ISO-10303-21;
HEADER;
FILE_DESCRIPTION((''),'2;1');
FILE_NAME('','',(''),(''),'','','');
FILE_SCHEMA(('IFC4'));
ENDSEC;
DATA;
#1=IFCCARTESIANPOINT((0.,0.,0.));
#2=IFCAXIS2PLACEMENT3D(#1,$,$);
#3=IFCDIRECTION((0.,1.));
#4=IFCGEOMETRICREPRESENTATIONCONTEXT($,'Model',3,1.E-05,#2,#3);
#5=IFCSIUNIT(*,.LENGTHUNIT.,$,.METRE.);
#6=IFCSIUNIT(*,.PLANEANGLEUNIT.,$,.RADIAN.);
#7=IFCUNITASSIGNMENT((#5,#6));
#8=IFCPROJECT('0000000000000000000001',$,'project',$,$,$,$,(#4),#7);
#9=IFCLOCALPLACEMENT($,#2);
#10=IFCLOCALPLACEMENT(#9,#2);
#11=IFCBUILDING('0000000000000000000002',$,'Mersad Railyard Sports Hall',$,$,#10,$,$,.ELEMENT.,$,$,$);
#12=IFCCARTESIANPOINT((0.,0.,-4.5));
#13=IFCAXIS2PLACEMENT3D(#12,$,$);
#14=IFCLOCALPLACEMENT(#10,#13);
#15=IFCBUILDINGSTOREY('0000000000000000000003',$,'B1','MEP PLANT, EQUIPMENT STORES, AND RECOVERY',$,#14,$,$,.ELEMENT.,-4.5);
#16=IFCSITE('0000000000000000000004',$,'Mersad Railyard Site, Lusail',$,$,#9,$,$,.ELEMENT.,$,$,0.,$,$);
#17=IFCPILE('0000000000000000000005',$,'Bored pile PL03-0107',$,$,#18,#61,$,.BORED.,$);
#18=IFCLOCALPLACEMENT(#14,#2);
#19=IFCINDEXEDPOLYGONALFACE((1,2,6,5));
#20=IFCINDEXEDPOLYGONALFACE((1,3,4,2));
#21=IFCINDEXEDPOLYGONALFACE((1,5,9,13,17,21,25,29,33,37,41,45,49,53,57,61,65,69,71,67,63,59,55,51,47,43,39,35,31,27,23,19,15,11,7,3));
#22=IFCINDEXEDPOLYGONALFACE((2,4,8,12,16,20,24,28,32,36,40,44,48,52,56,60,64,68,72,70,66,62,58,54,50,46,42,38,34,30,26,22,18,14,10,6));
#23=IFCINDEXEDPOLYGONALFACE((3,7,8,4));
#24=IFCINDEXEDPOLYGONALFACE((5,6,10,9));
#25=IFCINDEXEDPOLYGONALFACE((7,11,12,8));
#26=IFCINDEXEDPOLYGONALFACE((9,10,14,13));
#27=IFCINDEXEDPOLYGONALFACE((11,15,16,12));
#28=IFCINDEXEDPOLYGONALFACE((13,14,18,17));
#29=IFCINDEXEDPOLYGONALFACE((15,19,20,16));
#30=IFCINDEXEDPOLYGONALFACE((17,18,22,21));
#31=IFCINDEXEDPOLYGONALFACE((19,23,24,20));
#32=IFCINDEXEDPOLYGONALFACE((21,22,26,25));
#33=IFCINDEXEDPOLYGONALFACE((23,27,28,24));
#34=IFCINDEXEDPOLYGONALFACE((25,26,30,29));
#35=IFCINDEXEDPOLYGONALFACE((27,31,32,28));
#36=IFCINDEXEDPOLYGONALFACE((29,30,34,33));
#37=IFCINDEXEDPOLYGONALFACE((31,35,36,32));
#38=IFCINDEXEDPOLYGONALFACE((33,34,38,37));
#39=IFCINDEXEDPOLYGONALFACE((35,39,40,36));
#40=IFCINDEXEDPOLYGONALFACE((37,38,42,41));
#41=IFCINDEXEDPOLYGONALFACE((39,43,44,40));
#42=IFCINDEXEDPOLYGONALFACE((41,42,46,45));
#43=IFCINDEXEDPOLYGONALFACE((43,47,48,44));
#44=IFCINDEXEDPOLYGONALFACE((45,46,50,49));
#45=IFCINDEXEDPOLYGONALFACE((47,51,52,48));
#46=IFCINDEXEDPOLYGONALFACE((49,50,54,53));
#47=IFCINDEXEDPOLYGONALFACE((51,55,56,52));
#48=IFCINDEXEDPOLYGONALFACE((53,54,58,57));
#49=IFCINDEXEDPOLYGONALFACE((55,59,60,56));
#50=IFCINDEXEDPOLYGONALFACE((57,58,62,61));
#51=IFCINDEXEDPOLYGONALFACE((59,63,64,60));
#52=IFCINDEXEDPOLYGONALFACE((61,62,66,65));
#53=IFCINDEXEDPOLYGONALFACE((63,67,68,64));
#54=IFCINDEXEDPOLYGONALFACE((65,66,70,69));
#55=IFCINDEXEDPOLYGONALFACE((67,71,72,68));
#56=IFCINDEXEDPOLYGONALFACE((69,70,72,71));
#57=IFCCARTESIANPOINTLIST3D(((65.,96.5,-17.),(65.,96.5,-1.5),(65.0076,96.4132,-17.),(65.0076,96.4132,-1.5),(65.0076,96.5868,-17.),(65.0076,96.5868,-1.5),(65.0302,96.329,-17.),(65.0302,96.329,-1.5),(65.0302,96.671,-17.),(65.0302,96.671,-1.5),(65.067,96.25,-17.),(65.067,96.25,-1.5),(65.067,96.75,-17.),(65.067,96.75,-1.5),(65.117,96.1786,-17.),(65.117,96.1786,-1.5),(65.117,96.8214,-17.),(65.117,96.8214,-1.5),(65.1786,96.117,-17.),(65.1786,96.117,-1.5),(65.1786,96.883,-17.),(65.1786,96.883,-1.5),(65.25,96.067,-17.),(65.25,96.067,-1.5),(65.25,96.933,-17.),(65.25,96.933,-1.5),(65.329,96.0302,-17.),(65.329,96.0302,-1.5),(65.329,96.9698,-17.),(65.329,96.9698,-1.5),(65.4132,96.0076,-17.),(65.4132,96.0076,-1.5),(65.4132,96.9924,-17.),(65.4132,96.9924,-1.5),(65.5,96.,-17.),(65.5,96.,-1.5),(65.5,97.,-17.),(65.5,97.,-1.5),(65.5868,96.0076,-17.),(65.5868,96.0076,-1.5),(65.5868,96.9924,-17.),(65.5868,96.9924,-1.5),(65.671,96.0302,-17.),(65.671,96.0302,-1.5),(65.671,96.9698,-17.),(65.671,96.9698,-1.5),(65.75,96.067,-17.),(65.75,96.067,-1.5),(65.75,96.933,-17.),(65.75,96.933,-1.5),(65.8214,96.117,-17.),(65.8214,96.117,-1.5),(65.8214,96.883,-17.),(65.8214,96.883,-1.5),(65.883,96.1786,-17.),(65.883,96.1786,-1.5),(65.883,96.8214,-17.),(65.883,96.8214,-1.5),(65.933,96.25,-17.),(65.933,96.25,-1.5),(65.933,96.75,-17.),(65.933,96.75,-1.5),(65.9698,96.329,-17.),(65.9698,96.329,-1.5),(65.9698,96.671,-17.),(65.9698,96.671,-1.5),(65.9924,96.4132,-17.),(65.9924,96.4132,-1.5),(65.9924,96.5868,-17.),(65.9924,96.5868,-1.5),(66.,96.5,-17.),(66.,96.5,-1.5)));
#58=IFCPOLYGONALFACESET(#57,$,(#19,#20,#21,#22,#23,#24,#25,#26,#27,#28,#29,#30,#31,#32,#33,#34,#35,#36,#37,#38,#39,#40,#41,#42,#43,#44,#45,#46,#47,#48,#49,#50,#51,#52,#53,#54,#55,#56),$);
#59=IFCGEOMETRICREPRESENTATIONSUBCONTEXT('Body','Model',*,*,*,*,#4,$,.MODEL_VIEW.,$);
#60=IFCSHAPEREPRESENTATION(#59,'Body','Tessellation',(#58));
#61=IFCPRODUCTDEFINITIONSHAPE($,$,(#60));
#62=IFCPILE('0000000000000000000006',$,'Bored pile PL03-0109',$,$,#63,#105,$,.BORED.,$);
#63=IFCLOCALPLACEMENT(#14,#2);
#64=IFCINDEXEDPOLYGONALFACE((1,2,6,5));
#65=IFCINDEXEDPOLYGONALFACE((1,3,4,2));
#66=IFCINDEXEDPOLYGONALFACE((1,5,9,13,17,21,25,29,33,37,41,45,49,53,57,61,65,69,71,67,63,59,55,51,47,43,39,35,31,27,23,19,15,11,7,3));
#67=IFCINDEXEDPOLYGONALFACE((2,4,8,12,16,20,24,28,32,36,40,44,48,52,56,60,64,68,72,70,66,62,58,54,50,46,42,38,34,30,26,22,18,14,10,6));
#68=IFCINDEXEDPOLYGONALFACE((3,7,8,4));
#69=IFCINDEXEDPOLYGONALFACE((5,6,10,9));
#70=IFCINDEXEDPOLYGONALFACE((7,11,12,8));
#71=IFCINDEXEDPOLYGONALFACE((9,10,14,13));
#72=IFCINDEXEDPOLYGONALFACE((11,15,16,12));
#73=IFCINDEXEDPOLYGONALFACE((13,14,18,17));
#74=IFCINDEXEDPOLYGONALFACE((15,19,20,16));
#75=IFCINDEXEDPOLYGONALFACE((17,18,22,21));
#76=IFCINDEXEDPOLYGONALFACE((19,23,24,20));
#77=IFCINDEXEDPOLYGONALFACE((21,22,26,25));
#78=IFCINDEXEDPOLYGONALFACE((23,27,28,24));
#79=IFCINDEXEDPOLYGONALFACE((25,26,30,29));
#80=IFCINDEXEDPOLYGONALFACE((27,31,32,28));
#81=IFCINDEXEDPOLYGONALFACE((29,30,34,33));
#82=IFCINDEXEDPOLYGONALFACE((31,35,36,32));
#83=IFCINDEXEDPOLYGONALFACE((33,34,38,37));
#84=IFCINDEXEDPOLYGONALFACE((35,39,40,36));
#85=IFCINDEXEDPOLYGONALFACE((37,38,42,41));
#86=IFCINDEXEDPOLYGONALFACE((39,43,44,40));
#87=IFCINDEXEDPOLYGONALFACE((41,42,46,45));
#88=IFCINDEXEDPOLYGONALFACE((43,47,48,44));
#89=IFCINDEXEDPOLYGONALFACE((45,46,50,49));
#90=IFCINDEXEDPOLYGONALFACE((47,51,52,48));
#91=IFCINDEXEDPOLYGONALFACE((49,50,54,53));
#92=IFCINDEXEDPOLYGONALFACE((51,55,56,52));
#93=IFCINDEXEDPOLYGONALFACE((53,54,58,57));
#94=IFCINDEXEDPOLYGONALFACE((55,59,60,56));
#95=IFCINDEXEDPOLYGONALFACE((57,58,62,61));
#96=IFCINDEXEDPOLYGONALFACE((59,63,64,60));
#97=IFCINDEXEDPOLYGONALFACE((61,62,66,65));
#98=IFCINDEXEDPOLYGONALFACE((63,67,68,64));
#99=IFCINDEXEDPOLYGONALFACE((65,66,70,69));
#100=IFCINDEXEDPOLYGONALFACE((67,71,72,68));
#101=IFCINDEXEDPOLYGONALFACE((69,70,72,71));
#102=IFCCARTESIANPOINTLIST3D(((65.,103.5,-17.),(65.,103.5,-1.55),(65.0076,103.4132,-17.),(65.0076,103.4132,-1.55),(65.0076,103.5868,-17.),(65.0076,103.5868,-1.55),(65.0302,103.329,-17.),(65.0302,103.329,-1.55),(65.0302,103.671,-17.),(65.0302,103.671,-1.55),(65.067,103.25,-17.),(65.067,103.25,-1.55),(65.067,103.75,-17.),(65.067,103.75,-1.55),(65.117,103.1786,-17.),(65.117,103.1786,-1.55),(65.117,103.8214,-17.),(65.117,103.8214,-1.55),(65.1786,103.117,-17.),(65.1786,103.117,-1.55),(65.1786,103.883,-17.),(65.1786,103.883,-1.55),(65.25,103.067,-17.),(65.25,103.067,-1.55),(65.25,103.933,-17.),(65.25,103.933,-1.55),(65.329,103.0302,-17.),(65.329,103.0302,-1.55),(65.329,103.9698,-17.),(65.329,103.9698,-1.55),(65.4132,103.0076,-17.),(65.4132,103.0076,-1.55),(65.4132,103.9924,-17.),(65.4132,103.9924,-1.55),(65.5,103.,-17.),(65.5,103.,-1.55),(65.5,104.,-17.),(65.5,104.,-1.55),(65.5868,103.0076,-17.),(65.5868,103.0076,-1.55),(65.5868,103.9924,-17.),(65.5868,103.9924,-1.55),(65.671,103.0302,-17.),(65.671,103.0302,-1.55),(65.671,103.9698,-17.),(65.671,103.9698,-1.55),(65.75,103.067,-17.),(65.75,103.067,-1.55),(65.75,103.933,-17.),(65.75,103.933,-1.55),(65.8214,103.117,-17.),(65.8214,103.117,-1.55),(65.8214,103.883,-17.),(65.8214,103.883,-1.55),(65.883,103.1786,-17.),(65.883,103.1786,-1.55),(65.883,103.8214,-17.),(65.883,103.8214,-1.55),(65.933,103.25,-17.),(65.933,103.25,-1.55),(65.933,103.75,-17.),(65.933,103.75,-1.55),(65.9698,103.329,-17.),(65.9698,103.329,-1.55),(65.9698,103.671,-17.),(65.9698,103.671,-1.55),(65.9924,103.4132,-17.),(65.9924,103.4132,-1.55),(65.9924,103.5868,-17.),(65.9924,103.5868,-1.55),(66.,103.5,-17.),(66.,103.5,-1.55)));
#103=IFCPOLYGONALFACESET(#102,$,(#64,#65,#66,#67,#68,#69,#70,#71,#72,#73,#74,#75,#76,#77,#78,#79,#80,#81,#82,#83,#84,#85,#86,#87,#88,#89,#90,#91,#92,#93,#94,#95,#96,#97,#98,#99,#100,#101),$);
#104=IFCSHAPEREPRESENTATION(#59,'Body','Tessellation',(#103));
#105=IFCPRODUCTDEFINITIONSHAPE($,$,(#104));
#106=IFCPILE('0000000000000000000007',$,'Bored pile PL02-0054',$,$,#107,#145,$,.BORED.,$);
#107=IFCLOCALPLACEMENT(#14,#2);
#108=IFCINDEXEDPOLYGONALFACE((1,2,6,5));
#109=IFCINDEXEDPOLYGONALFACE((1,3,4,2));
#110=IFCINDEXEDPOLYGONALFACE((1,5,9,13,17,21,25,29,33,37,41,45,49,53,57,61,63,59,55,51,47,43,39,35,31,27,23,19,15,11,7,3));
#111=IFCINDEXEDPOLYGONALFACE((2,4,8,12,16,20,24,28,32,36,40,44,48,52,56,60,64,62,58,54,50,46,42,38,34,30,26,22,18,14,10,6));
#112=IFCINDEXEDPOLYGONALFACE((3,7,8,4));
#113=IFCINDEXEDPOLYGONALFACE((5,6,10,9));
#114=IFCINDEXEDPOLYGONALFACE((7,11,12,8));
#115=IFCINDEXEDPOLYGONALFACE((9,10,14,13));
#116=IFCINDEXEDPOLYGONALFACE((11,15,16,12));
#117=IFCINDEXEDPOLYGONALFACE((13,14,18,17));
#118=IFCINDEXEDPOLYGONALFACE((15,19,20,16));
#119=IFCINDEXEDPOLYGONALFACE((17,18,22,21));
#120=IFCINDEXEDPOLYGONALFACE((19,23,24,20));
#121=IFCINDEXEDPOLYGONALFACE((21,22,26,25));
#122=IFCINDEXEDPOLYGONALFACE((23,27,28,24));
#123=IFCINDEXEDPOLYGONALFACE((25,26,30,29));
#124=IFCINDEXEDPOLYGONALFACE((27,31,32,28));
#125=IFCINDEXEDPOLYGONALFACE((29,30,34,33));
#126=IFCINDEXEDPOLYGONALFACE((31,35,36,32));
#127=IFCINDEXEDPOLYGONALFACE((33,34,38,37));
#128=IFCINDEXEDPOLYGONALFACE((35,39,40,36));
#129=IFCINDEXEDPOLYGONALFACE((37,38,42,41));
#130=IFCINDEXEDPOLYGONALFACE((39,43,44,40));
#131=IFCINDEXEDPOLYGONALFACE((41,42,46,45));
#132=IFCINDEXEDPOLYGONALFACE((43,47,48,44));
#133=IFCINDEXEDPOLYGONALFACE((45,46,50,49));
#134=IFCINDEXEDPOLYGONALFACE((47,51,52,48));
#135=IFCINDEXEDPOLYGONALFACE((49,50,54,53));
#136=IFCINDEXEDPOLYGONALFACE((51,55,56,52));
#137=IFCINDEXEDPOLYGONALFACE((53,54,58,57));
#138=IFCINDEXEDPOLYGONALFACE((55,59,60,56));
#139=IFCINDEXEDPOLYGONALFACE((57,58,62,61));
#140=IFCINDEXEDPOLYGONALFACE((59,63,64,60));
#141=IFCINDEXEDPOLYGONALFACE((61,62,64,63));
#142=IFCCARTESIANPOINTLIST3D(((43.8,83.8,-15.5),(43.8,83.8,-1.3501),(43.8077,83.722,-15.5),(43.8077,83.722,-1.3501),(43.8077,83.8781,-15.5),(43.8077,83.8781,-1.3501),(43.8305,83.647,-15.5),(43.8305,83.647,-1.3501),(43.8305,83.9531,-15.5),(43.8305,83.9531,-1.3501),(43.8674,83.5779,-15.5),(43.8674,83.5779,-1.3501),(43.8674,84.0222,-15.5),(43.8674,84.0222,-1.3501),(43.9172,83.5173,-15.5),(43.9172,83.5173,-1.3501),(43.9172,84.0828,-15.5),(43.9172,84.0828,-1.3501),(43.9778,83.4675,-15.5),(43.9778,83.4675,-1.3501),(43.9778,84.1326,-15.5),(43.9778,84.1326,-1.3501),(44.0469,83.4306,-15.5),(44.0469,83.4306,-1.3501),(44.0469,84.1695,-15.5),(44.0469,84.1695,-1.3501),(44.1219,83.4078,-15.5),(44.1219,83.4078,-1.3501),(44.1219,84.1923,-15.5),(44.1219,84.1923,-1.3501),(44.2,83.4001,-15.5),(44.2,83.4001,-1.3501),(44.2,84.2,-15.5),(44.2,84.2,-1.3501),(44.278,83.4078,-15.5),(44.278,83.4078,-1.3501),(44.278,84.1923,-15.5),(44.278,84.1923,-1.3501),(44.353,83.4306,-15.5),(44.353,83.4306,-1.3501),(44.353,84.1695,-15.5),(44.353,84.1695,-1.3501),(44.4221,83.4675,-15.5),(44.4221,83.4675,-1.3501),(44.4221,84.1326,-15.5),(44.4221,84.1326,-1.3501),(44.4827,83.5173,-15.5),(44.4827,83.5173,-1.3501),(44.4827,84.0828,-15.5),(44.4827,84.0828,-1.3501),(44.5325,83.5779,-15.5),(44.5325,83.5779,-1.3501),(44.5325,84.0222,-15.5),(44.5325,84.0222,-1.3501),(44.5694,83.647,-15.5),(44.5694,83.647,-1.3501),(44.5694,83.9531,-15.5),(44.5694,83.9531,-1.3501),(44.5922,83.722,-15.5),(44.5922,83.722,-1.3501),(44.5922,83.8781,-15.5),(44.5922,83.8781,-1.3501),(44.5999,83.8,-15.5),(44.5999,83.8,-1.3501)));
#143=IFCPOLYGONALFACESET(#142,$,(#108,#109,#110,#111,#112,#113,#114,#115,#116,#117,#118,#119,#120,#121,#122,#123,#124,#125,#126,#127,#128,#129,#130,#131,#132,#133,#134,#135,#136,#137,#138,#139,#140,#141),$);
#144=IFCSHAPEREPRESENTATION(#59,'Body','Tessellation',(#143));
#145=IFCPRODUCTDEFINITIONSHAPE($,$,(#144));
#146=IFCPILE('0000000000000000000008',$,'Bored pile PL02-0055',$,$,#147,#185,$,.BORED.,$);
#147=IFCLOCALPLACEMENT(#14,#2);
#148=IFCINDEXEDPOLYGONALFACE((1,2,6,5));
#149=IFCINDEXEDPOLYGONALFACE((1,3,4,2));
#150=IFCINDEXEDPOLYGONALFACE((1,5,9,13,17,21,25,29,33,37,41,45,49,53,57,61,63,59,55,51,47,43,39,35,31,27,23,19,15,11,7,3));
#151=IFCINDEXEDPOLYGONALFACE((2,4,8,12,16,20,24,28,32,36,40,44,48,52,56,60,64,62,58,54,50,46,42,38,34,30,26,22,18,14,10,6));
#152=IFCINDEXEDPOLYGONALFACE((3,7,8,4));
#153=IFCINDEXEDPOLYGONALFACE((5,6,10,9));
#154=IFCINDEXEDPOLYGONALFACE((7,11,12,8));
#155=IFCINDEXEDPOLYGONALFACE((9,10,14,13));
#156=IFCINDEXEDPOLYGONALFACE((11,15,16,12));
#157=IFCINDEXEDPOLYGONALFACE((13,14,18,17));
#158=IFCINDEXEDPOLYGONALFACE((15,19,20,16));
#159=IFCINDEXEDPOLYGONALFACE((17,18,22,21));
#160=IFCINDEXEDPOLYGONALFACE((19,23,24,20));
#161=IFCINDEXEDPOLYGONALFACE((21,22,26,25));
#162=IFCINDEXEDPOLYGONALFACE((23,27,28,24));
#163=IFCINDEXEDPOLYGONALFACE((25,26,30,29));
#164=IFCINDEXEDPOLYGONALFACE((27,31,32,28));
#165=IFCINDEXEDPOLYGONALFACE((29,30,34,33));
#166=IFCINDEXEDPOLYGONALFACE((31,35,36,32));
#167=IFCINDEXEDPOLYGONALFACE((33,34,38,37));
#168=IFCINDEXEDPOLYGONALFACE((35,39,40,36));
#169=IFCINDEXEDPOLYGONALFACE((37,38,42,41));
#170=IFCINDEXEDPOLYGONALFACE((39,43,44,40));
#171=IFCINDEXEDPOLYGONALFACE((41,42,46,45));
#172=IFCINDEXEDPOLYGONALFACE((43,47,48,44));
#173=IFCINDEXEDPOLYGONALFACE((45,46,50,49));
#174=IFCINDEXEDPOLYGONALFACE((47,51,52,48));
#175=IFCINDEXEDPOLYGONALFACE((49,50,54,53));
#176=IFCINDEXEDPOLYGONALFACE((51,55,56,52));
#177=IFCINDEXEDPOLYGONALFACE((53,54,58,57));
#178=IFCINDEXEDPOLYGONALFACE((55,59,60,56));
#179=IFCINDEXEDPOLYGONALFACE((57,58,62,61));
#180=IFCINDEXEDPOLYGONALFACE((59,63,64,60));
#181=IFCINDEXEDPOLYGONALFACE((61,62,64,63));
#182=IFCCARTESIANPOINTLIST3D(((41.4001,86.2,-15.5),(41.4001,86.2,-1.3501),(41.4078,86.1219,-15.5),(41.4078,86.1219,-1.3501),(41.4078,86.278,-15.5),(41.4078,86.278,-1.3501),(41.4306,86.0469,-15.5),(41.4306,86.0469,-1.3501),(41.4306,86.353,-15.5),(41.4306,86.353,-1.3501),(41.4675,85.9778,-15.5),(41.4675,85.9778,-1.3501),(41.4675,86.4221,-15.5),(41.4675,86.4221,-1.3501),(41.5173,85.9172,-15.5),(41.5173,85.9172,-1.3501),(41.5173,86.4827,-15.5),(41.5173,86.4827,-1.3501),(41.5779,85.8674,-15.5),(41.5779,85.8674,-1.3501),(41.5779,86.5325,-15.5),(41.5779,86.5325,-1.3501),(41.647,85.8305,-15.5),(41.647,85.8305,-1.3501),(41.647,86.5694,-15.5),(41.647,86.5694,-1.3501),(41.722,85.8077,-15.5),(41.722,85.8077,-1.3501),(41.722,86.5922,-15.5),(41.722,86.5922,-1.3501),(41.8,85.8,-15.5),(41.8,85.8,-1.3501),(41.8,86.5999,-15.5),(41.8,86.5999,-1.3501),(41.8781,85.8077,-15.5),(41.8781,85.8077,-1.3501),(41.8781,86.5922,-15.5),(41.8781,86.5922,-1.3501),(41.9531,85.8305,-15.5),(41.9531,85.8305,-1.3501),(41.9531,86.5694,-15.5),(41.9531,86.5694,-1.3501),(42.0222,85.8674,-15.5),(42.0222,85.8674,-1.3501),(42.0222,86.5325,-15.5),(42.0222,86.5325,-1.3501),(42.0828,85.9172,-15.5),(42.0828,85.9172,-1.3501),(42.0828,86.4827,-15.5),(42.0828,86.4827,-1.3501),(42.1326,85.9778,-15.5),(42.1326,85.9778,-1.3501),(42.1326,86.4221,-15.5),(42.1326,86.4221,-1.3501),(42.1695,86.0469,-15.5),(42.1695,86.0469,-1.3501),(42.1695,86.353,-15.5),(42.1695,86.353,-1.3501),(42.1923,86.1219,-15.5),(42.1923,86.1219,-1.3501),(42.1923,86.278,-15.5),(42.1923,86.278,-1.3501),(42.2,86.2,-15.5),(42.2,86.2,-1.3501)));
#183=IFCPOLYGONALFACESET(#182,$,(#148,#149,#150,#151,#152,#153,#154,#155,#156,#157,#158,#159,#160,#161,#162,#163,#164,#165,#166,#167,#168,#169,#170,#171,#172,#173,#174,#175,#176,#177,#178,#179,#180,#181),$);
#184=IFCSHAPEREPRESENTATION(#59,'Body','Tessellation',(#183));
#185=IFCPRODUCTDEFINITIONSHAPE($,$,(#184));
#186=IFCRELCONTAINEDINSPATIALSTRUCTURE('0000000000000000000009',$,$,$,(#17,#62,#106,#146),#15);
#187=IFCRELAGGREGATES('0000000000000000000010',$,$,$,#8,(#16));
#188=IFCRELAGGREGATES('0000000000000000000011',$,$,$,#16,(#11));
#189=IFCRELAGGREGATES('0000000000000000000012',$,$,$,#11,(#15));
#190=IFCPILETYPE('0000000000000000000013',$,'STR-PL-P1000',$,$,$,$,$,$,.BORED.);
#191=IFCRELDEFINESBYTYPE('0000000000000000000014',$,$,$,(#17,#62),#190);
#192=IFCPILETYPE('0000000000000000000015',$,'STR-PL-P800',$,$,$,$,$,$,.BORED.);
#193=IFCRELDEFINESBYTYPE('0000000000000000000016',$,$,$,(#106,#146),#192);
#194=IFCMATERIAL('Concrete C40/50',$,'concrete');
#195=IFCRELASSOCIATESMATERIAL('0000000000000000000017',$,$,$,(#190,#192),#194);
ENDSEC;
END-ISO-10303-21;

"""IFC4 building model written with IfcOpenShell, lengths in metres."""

from ifc_helpers import new_model, si_unit, direction, frame, origin, origin_2d, place, context, subcontext, project, spatial, circle, extrude, material, material_profile, profile_set, type_object, element, save


model = new_model("IFC4")

# Units and contexts
model_context = context("Model", 3, precision=1e-05, world=origin(), true_north=direction((0.0, 1.0)))
body_context = subcontext(model_context, "Body", "Model", "MODEL_VIEW")
ifc_project = project(units=[si_unit("LENGTHUNIT", "METRE"), si_unit("PLANEANGLEUNIT", "RADIAN")], contexts=[model_context])

# Site, building, storey
site_placement = place(None, origin())
site = spatial("IfcSite", under=ifc_project, at=site_placement, Name="Mersad Railyard Site, Lusail", CompositionType="ELEMENT", RefElevation=0.0)
building_placement = place(site_placement, origin())
building = spatial("IfcBuilding", under=site, at=building_placement, Name="Mersad Railyard Sports Hall", CompositionType="ELEMENT")
storey_placement = place(building_placement, frame((0.0, 0.0, -4.5)))
storey = spatial("IfcBuildingStorey", under=building, at=storey_placement, Name="B1", Description="MEP PLANT, EQUIPMENT STORES, AND RECOVERY", CompositionType="ELEMENT", Elevation=-4.5)

# Shared definitions
ifc_material_1 = material(Name="Concrete C40/50", Category="concrete")

# Piles
ifc_material_profile_1 = material_profile(ifc_material_1, circle(Radius=0.5, at=origin_2d()), Name="BORED PILE D1000")
ifc_profile_set_1 = profile_set([ifc_material_profile_1], Name="Concrete C40/50")
pile_type_1 = type_object("IfcPileType", Name="STR-PL-P1000", PredefinedType="BORED", material=ifc_profile_set_1)
for number, where, z_axis, x_axis, name in (
    (1, (65.5, 96.5, -1.5), (0.0, 0.0, -1.0), (1.0, 0.0, 0.0), "Bored pile PL03-0107"),
):
    element("IfcPile", number, at=place(storey_placement, frame(where, z_axis=z_axis, x_axis=x_axis)), inside=storey, type_object=pile_type_1, Name=name, PredefinedType="BORED", context=body_context, shape_type="SweptSolid", body=[
        extrude(circle(Radius=0.5, at=origin_2d()), origin(), (0.0, 0.0, 1.0), 15.5),
    ])
pile_1_placement = place(storey_placement, frame((65.5, 103.5, -1.55), z_axis=(0.0, 0.0, -1.0), x_axis=(1.0, 0.0, 0.0)))
element("IfcPile", 2, at=pile_1_placement, inside=storey, type_object=pile_type_1, Name="Bored pile PL03-0109", PredefinedType="BORED", context=body_context, shape_type="SweptSolid", body=[
    extrude(circle(Radius=0.5, at=origin_2d()), origin(), (0.0, 0.0, 1.0), 15.45),
])
ifc_material_profile_2 = material_profile(ifc_material_1, circle(Radius=0.3999, at=origin_2d()), Name="BORED PILE D800")
ifc_profile_set_2 = profile_set([ifc_material_profile_2], Name="Concrete C40/50")
pile_type_2 = type_object("IfcPileType", Name="STR-PL-P800", PredefinedType="BORED", material=ifc_profile_set_2)
for number, where, z_axis, x_axis, name in (
    (3, (44.2, 83.8, -1.3501), (0.0, 0.0, -1.0), (1.0, 0.0, 0.0), "Bored pile PL02-0054"),
    (4, (41.8, 86.2, -1.3501), (0.0, 0.0, -1.0), (1.0, 0.0, 0.0), "Bored pile PL02-0055"),
):
    element("IfcPile", number, at=place(storey_placement, frame(where, z_axis=z_axis, x_axis=x_axis)), inside=storey, type_object=pile_type_2, Name=name, PredefinedType="BORED", context=body_context, shape_type="SweptSolid", body=[
        extrude(circle(Radius=0.3999, at=origin_2d()), origin(), (0.0, 0.0, 1.0), 14.1499),
    ])

save(model, "model.ifc")
